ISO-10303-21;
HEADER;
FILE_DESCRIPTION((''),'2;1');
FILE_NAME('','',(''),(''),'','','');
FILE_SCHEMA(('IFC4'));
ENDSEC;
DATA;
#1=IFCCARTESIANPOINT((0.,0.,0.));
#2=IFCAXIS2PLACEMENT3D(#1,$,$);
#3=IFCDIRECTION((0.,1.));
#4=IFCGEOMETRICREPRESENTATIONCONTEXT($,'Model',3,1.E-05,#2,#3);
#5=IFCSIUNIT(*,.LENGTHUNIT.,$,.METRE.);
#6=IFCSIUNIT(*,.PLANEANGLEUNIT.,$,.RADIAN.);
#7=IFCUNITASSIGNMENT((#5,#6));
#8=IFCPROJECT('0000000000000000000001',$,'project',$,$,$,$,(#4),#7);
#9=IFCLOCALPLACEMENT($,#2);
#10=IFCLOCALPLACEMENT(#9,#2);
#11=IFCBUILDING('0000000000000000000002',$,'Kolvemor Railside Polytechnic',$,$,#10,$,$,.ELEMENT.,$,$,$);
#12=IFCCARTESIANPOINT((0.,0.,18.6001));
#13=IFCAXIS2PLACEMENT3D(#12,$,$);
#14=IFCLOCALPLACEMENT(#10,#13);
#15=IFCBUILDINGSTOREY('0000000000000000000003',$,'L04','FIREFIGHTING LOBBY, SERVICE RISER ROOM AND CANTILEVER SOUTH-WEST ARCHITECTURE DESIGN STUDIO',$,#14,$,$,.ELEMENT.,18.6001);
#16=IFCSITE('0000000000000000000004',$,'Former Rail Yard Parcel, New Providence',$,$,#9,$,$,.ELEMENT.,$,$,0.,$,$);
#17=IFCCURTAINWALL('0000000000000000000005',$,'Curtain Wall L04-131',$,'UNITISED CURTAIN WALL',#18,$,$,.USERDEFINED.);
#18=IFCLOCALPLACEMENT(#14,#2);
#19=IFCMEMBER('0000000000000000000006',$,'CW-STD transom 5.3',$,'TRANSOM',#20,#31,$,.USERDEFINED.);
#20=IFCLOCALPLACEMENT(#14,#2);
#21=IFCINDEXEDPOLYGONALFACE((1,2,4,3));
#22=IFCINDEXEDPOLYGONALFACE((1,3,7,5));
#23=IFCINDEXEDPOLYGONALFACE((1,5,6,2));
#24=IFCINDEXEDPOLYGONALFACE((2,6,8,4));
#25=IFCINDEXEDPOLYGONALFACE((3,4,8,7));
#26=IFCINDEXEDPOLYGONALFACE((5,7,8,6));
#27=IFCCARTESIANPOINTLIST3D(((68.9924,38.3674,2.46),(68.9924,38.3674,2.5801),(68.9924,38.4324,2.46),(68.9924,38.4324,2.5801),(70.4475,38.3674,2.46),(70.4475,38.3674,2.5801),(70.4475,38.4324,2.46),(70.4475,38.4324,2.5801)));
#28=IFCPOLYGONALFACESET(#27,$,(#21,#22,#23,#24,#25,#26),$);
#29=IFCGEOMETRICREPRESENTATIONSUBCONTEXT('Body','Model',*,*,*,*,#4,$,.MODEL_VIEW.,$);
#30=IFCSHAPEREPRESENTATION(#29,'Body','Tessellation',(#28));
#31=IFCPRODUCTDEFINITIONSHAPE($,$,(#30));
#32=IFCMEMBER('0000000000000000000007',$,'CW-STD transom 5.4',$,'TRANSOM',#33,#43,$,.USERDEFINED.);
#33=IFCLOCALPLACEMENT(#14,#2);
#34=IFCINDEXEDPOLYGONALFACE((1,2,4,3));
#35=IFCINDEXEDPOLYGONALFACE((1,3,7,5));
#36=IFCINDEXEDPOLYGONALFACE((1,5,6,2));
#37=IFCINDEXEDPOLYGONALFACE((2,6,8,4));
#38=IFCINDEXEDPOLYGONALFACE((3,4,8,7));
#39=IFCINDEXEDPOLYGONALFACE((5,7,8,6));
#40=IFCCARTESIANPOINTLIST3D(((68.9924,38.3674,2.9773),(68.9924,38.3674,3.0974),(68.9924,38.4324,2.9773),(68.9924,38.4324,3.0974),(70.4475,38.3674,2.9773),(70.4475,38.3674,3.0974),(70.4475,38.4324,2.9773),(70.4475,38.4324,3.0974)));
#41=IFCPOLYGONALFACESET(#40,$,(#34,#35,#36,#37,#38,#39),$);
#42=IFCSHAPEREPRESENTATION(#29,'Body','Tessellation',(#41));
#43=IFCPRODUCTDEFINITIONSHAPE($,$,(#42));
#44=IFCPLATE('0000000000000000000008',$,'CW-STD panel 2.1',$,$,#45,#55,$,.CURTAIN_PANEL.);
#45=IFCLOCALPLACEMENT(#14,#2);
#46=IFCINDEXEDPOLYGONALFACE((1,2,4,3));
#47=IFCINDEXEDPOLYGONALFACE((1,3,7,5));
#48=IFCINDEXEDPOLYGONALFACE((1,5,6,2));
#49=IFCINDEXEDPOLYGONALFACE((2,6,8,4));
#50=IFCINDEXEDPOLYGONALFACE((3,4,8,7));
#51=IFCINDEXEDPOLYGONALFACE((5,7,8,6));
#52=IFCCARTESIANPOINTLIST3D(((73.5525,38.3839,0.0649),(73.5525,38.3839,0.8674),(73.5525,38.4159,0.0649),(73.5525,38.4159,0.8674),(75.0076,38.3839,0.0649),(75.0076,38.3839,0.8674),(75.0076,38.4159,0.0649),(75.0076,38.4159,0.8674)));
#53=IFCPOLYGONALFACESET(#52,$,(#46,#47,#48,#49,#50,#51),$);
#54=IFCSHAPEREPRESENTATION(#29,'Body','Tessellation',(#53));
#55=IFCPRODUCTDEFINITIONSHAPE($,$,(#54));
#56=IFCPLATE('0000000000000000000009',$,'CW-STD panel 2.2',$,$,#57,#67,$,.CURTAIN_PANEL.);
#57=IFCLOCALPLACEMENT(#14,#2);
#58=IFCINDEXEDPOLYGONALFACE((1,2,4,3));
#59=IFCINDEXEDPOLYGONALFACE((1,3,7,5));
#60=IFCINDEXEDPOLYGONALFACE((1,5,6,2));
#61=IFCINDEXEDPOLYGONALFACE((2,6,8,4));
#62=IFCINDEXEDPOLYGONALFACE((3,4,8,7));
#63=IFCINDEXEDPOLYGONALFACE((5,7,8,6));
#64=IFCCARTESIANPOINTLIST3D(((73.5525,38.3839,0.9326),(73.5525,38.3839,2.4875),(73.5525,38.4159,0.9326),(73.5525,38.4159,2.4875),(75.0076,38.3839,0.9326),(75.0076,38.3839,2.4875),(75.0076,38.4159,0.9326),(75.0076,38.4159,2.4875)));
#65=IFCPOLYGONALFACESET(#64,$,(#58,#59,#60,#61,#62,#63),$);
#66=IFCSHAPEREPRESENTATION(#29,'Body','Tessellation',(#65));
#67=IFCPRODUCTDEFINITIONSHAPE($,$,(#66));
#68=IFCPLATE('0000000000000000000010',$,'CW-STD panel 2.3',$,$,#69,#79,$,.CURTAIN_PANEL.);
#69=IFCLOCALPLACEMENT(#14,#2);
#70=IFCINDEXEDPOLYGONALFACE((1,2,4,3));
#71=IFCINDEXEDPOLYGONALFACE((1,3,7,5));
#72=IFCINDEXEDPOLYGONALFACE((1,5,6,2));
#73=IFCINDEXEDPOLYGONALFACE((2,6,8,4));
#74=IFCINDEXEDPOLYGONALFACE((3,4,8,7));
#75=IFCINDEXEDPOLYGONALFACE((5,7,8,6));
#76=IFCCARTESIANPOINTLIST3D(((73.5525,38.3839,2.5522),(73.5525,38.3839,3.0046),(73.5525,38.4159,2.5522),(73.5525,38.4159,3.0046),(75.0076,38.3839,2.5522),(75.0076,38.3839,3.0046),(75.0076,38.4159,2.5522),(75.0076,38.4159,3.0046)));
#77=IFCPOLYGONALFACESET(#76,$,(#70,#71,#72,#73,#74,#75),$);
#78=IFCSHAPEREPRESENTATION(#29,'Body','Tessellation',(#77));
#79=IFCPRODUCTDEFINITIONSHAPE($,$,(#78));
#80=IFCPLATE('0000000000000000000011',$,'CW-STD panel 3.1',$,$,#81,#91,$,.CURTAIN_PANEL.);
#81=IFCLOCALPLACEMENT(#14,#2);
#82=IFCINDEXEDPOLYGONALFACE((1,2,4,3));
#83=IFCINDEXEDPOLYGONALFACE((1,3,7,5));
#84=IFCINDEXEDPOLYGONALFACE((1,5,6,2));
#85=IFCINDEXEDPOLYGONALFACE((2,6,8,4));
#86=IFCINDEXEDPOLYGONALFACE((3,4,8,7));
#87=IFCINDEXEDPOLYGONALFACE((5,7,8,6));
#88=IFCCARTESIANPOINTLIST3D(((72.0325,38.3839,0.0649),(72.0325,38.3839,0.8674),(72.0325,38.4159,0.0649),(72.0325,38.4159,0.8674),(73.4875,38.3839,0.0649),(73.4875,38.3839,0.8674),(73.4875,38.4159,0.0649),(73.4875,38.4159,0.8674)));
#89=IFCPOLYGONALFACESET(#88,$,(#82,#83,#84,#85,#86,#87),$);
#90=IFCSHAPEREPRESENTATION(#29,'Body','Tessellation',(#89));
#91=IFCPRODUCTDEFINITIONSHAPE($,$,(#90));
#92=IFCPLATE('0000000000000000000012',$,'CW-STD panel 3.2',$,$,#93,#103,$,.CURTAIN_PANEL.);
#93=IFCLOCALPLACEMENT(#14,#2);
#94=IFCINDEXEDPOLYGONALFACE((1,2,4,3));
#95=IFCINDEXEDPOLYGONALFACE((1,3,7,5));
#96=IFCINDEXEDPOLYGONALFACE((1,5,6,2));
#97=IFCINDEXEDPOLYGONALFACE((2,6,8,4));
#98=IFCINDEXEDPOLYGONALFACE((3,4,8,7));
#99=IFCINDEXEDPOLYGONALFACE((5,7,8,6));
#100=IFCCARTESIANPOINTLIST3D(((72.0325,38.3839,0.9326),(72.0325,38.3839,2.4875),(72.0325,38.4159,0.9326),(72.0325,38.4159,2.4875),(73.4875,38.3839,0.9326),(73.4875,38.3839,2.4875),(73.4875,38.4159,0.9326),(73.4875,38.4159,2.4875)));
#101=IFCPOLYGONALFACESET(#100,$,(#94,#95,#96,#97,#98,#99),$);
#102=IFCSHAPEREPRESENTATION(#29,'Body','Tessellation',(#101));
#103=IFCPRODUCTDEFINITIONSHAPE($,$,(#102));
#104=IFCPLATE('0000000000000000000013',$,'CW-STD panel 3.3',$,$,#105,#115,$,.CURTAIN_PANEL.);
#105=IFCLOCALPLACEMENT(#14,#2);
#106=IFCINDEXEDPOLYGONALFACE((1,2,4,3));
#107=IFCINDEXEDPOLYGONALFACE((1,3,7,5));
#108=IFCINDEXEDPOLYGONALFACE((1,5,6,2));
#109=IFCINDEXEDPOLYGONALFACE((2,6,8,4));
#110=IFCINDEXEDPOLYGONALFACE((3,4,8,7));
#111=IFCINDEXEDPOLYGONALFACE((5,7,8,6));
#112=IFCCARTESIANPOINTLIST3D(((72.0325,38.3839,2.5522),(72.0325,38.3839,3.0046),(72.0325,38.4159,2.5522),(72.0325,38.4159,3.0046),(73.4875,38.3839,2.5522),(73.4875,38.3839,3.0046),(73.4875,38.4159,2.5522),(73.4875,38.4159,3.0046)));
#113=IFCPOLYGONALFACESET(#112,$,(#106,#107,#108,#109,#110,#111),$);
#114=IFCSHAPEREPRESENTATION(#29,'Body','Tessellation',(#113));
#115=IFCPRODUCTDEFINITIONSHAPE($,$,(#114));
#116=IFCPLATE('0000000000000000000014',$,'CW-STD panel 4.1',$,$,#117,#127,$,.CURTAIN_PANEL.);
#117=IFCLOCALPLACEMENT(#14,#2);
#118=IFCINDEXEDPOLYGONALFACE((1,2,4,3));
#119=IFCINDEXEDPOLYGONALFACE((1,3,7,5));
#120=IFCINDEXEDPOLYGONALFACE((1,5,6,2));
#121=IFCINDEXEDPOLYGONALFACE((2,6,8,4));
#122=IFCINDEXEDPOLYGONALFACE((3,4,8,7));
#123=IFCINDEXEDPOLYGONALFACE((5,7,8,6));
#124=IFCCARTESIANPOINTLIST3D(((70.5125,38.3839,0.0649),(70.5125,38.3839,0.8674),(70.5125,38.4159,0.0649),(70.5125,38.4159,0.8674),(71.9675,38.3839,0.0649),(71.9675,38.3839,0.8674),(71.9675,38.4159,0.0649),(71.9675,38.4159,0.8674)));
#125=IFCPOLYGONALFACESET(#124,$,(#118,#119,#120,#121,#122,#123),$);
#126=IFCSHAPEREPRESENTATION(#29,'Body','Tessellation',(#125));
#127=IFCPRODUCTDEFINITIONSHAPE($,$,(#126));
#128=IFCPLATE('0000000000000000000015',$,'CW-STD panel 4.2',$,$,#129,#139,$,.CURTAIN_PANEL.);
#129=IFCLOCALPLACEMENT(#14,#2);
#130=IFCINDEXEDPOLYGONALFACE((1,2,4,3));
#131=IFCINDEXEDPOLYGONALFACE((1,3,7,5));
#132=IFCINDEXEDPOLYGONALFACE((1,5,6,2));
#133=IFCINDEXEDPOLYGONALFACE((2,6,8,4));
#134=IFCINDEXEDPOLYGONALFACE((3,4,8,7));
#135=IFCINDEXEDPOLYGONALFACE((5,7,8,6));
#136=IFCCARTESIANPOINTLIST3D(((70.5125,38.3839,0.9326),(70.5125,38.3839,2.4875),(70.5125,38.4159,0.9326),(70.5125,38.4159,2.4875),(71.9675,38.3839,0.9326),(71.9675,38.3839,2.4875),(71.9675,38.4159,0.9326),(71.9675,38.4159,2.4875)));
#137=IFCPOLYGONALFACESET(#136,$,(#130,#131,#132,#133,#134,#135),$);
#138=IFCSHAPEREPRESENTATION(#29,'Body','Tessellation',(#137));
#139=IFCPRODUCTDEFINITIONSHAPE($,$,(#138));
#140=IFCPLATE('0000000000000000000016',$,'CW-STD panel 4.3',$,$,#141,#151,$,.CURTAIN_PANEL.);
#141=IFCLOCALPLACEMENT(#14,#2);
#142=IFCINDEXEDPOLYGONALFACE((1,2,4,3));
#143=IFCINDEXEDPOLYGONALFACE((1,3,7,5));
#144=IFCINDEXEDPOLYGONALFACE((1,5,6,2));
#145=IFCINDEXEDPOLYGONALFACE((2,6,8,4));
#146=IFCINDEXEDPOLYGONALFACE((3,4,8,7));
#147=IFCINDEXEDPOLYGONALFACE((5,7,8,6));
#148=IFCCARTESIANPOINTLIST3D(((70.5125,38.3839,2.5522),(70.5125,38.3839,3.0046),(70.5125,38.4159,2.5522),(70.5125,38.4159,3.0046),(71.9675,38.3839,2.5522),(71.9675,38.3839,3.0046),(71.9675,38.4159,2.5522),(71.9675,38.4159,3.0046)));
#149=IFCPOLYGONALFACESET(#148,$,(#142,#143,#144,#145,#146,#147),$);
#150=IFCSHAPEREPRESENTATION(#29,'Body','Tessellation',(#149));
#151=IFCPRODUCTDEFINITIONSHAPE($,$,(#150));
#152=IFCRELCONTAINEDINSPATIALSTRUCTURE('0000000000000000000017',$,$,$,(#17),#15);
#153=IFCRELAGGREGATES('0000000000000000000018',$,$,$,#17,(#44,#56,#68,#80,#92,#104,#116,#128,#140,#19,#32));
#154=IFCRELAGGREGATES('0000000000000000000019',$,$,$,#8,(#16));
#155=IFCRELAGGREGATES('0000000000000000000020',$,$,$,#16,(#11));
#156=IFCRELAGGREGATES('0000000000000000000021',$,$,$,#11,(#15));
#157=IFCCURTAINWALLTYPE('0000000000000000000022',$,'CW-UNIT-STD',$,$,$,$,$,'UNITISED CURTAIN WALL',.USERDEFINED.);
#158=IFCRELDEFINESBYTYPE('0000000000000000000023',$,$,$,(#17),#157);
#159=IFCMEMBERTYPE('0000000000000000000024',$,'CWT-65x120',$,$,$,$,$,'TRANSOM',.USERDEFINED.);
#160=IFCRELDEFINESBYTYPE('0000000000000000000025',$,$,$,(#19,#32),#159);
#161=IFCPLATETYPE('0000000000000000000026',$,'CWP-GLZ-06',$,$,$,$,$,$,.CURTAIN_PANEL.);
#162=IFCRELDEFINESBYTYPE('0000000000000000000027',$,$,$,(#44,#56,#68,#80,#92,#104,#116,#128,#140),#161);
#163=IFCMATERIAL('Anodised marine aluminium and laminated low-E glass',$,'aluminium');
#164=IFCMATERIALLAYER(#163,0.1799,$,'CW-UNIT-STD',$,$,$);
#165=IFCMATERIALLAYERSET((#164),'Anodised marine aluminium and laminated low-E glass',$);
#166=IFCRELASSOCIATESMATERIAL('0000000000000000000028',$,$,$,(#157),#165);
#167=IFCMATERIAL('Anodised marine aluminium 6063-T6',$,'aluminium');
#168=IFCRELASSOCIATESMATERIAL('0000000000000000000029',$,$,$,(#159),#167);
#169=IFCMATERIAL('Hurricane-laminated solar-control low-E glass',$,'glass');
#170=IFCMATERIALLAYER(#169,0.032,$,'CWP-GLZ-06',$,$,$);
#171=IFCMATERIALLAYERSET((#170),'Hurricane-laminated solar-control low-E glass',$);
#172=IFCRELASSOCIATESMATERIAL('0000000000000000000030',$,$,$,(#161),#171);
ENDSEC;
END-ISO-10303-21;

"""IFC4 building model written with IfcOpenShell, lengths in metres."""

from ifc_helpers import new_model, si_unit, direction, frame, origin, origin_2d, place, context, subcontext, project, spatial, rectangle, extrude, material, layer, layer_set, material_profile, profile_set, type_object, element, aggregate, save


model = new_model("IFC4")

# Units and contexts
model_context = context("Model", 3, precision=1e-05, world=origin(), true_north=direction((0.0, 1.0)))
body_context = subcontext(model_context, "Body", "Model", "MODEL_VIEW")
ifc_project = project(units=[si_unit("LENGTHUNIT", "METRE"), si_unit("PLANEANGLEUNIT", "RADIAN")], contexts=[model_context])

# Site, building, storey
site_placement = place(None, origin())
site = spatial("IfcSite", under=ifc_project, at=site_placement, Name="Former Rail Yard Parcel, New Providence", CompositionType="ELEMENT", RefElevation=0.0)
building_placement = place(site_placement, origin())
building = spatial("IfcBuilding", under=site, at=building_placement, Name="Kolvemor Railside Polytechnic", CompositionType="ELEMENT")
storey_placement = place(building_placement, frame((0.0, 0.0, 18.6001)))
storey = spatial("IfcBuildingStorey", under=building, at=storey_placement, Name="L04", Description="FIREFIGHTING LOBBY, SERVICE RISER ROOM AND CANTILEVER SOUTH-WEST ARCHITECTURE DESIGN STUDIO", CompositionType="ELEMENT", Elevation=18.6001)

# Curtain wall, members, plates
ifc_material_1 = material(Name="Anodised marine aluminium and laminated low-E glass", Category="aluminium")
ifc_layer_1 = layer(ifc_material_1, 0.1799, Name="CW-UNIT-STD")
ifc_layer_set_1 = layer_set([ifc_layer_1], Name="Anodised marine aluminium and laminated low-E glass")
curtain_wall_type = type_object("IfcCurtainWallType", Name="CW-UNIT-STD", ElementType="UNITISED CURTAIN WALL", PredefinedType="USERDEFINED", material=ifc_layer_set_1)
curtain_wall_placement = place(storey_placement, origin())
curtain_wall = element("IfcCurtainWall", 1, at=curtain_wall_placement, inside=storey, type_object=curtain_wall_type, Name="Curtain Wall L04-131", ObjectType="UNITISED CURTAIN WALL", PredefinedType="USERDEFINED")
ifc_material_2 = material(Name="Anodised marine aluminium 6063-T6", Category="aluminium")
ifc_material_profile_1 = material_profile(ifc_material_2, rectangle(XDim=0.0649, YDim=0.1201, at=origin_2d()), Name="CW-TRN-65x120")
ifc_profile_set_1 = profile_set([ifc_material_profile_1], Name="Anodised marine aluminium 6063-T6")
member_type_1 = type_object("IfcMemberType", Name="CWT-65x120", ElementType="TRANSOM", PredefinedType="USERDEFINED", material=ifc_profile_set_1)
member_1_placement = place(storey_placement, frame((70.4475, 38.3999, 2.52), z_axis=(-1.0, 0.0, 0.0), x_axis=(0.0, -1.0, 0.0)))
member_1 = element("IfcMember", 2, at=member_1_placement, type_object=member_type_1, Name="CW-STD transom 5.3", ObjectType="TRANSOM", PredefinedType="USERDEFINED", context=body_context, shape_type="SweptSolid", body=[
    extrude(rectangle(XDim=0.0649, YDim=0.1201, at=origin_2d()), origin(), (0.0, 0.0, 1.0), 1.4551),
])
member_2_placement = place(storey_placement, frame((70.4475, 38.3999, 3.0374), z_axis=(-1.0, 0.0, 0.0), x_axis=(0.0, -1.0, 0.0)))
member_2 = element("IfcMember", 3, at=member_2_placement, type_object=member_type_1, Name="CW-STD transom 5.4", ObjectType="TRANSOM", PredefinedType="USERDEFINED", context=body_context, shape_type="SweptSolid", body=[
    extrude(rectangle(XDim=0.0649, YDim=0.1201, at=origin_2d()), origin(), (0.0, 0.0, 1.0), 1.4551),
])
ifc_material_3 = material(Name="Hurricane-laminated solar-control low-E glass", Category="glass")
ifc_layer_2 = layer(ifc_material_3, 0.032, Name="CWP-GLZ-06")
ifc_layer_set_2 = layer_set([ifc_layer_2], Name="Hurricane-laminated solar-control low-E glass")
plate_type = type_object("IfcPlateType", Name="CWP-GLZ-06", PredefinedType="CURTAIN_PANEL", material=ifc_layer_set_2)
plate_1_placement = place(storey_placement, frame((74.28, 38.3999, 0.0649), z_axis=(0.0, 0.0, 1.0), x_axis=(-1.0, 0.0, 0.0)))
plate_1 = element("IfcPlate", 4, at=plate_1_placement, type_object=plate_type, Name="CW-STD panel 2.1", PredefinedType="CURTAIN_PANEL", context=body_context, shape_type="SweptSolid", body=[
    extrude(rectangle(XDim=1.4551, YDim=0.032, at=origin_2d()), origin(), (0.0, 0.0, 1.0), 0.8025),
])
plate_2_placement = place(storey_placement, frame((74.28, 38.3999, 0.9326), z_axis=(0.0, 0.0, 1.0), x_axis=(-1.0, 0.0, 0.0)))
plate_2 = element("IfcPlate", 5, at=plate_2_placement, type_object=plate_type, Name="CW-STD panel 2.2", PredefinedType="CURTAIN_PANEL", context=body_context, shape_type="SweptSolid", body=[
    extrude(rectangle(XDim=1.4551, YDim=0.032, at=origin_2d()), origin(), (0.0, 0.0, 1.0), 1.5549),
])
plate_3_placement = place(storey_placement, frame((74.28, 38.3999, 2.5522), z_axis=(0.0, 0.0, 1.0), x_axis=(-1.0, 0.0, 0.0)))
plate_3 = element("IfcPlate", 6, at=plate_3_placement, type_object=plate_type, Name="CW-STD panel 2.3", PredefinedType="CURTAIN_PANEL", context=body_context, shape_type="SweptSolid", body=[
    extrude(rectangle(XDim=1.4551, YDim=0.032, at=origin_2d()), origin(), (0.0, 0.0, 1.0), 0.4524),
])
plate_4_placement = place(storey_placement, frame((72.76, 38.3999, 0.0649), z_axis=(0.0, 0.0, 1.0), x_axis=(-1.0, 0.0, 0.0)))
plate_4 = element("IfcPlate", 7, at=plate_4_placement, type_object=plate_type, Name="CW-STD panel 3.1", PredefinedType="CURTAIN_PANEL", context=body_context, shape_type="SweptSolid", body=[
    extrude(rectangle(XDim=1.4551, YDim=0.032, at=origin_2d()), origin(), (0.0, 0.0, 1.0), 0.8025),
])
plate_5_placement = place(storey_placement, frame((72.76, 38.3999, 0.9326), z_axis=(0.0, 0.0, 1.0), x_axis=(-1.0, 0.0, 0.0)))
plate_5 = element("IfcPlate", 8, at=plate_5_placement, type_object=plate_type, Name="CW-STD panel 3.2", PredefinedType="CURTAIN_PANEL", context=body_context, shape_type="SweptSolid", body=[
    extrude(rectangle(XDim=1.4551, YDim=0.032, at=origin_2d()), origin(), (0.0, 0.0, 1.0), 1.5549),
])
plate_6_placement = place(storey_placement, frame((72.76, 38.3999, 2.5522), z_axis=(0.0, 0.0, 1.0), x_axis=(-1.0, 0.0, 0.0)))
plate_6 = element("IfcPlate", 9, at=plate_6_placement, type_object=plate_type, Name="CW-STD panel 3.3", PredefinedType="CURTAIN_PANEL", context=body_context, shape_type="SweptSolid", body=[
    extrude(rectangle(XDim=1.4551, YDim=0.032, at=origin_2d()), origin(), (0.0, 0.0, 1.0), 0.4524),
])
plate_7_placement = place(storey_placement, frame((71.24, 38.3999, 0.0649), z_axis=(0.0, 0.0, 1.0), x_axis=(-1.0, 0.0, 0.0)))
plate_7 = element("IfcPlate", 10, at=plate_7_placement, type_object=plate_type, Name="CW-STD panel 4.1", PredefinedType="CURTAIN_PANEL", context=body_context, shape_type="SweptSolid", body=[
    extrude(rectangle(XDim=1.4551, YDim=0.032, at=origin_2d()), origin(), (0.0, 0.0, 1.0), 0.8025),
])
plate_8_placement = place(storey_placement, frame((71.24, 38.3999, 0.9326), z_axis=(0.0, 0.0, 1.0), x_axis=(-1.0, 0.0, 0.0)))
plate_8 = element("IfcPlate", 11, at=plate_8_placement, type_object=plate_type, Name="CW-STD panel 4.2", PredefinedType="CURTAIN_PANEL", context=body_context, shape_type="SweptSolid", body=[
    extrude(rectangle(XDim=1.4551, YDim=0.032, at=origin_2d()), origin(), (0.0, 0.0, 1.0), 1.5549),
])
plate_9_placement = place(storey_placement, frame((71.24, 38.3999, 2.5522), z_axis=(0.0, 0.0, 1.0), x_axis=(-1.0, 0.0, 0.0)))
plate_9 = element("IfcPlate", 12, at=plate_9_placement, type_object=plate_type, Name="CW-STD panel 4.3", PredefinedType="CURTAIN_PANEL", context=body_context, shape_type="SweptSolid", body=[
    extrude(rectangle(XDim=1.4551, YDim=0.032, at=origin_2d()), origin(), (0.0, 0.0, 1.0), 0.4524),
])
aggregate(curtain_wall, [plate_1, plate_2, plate_3, plate_4, plate_5, plate_6, plate_7, plate_8, plate_9, member_1, member_2])

save(model, "model.ifc")
